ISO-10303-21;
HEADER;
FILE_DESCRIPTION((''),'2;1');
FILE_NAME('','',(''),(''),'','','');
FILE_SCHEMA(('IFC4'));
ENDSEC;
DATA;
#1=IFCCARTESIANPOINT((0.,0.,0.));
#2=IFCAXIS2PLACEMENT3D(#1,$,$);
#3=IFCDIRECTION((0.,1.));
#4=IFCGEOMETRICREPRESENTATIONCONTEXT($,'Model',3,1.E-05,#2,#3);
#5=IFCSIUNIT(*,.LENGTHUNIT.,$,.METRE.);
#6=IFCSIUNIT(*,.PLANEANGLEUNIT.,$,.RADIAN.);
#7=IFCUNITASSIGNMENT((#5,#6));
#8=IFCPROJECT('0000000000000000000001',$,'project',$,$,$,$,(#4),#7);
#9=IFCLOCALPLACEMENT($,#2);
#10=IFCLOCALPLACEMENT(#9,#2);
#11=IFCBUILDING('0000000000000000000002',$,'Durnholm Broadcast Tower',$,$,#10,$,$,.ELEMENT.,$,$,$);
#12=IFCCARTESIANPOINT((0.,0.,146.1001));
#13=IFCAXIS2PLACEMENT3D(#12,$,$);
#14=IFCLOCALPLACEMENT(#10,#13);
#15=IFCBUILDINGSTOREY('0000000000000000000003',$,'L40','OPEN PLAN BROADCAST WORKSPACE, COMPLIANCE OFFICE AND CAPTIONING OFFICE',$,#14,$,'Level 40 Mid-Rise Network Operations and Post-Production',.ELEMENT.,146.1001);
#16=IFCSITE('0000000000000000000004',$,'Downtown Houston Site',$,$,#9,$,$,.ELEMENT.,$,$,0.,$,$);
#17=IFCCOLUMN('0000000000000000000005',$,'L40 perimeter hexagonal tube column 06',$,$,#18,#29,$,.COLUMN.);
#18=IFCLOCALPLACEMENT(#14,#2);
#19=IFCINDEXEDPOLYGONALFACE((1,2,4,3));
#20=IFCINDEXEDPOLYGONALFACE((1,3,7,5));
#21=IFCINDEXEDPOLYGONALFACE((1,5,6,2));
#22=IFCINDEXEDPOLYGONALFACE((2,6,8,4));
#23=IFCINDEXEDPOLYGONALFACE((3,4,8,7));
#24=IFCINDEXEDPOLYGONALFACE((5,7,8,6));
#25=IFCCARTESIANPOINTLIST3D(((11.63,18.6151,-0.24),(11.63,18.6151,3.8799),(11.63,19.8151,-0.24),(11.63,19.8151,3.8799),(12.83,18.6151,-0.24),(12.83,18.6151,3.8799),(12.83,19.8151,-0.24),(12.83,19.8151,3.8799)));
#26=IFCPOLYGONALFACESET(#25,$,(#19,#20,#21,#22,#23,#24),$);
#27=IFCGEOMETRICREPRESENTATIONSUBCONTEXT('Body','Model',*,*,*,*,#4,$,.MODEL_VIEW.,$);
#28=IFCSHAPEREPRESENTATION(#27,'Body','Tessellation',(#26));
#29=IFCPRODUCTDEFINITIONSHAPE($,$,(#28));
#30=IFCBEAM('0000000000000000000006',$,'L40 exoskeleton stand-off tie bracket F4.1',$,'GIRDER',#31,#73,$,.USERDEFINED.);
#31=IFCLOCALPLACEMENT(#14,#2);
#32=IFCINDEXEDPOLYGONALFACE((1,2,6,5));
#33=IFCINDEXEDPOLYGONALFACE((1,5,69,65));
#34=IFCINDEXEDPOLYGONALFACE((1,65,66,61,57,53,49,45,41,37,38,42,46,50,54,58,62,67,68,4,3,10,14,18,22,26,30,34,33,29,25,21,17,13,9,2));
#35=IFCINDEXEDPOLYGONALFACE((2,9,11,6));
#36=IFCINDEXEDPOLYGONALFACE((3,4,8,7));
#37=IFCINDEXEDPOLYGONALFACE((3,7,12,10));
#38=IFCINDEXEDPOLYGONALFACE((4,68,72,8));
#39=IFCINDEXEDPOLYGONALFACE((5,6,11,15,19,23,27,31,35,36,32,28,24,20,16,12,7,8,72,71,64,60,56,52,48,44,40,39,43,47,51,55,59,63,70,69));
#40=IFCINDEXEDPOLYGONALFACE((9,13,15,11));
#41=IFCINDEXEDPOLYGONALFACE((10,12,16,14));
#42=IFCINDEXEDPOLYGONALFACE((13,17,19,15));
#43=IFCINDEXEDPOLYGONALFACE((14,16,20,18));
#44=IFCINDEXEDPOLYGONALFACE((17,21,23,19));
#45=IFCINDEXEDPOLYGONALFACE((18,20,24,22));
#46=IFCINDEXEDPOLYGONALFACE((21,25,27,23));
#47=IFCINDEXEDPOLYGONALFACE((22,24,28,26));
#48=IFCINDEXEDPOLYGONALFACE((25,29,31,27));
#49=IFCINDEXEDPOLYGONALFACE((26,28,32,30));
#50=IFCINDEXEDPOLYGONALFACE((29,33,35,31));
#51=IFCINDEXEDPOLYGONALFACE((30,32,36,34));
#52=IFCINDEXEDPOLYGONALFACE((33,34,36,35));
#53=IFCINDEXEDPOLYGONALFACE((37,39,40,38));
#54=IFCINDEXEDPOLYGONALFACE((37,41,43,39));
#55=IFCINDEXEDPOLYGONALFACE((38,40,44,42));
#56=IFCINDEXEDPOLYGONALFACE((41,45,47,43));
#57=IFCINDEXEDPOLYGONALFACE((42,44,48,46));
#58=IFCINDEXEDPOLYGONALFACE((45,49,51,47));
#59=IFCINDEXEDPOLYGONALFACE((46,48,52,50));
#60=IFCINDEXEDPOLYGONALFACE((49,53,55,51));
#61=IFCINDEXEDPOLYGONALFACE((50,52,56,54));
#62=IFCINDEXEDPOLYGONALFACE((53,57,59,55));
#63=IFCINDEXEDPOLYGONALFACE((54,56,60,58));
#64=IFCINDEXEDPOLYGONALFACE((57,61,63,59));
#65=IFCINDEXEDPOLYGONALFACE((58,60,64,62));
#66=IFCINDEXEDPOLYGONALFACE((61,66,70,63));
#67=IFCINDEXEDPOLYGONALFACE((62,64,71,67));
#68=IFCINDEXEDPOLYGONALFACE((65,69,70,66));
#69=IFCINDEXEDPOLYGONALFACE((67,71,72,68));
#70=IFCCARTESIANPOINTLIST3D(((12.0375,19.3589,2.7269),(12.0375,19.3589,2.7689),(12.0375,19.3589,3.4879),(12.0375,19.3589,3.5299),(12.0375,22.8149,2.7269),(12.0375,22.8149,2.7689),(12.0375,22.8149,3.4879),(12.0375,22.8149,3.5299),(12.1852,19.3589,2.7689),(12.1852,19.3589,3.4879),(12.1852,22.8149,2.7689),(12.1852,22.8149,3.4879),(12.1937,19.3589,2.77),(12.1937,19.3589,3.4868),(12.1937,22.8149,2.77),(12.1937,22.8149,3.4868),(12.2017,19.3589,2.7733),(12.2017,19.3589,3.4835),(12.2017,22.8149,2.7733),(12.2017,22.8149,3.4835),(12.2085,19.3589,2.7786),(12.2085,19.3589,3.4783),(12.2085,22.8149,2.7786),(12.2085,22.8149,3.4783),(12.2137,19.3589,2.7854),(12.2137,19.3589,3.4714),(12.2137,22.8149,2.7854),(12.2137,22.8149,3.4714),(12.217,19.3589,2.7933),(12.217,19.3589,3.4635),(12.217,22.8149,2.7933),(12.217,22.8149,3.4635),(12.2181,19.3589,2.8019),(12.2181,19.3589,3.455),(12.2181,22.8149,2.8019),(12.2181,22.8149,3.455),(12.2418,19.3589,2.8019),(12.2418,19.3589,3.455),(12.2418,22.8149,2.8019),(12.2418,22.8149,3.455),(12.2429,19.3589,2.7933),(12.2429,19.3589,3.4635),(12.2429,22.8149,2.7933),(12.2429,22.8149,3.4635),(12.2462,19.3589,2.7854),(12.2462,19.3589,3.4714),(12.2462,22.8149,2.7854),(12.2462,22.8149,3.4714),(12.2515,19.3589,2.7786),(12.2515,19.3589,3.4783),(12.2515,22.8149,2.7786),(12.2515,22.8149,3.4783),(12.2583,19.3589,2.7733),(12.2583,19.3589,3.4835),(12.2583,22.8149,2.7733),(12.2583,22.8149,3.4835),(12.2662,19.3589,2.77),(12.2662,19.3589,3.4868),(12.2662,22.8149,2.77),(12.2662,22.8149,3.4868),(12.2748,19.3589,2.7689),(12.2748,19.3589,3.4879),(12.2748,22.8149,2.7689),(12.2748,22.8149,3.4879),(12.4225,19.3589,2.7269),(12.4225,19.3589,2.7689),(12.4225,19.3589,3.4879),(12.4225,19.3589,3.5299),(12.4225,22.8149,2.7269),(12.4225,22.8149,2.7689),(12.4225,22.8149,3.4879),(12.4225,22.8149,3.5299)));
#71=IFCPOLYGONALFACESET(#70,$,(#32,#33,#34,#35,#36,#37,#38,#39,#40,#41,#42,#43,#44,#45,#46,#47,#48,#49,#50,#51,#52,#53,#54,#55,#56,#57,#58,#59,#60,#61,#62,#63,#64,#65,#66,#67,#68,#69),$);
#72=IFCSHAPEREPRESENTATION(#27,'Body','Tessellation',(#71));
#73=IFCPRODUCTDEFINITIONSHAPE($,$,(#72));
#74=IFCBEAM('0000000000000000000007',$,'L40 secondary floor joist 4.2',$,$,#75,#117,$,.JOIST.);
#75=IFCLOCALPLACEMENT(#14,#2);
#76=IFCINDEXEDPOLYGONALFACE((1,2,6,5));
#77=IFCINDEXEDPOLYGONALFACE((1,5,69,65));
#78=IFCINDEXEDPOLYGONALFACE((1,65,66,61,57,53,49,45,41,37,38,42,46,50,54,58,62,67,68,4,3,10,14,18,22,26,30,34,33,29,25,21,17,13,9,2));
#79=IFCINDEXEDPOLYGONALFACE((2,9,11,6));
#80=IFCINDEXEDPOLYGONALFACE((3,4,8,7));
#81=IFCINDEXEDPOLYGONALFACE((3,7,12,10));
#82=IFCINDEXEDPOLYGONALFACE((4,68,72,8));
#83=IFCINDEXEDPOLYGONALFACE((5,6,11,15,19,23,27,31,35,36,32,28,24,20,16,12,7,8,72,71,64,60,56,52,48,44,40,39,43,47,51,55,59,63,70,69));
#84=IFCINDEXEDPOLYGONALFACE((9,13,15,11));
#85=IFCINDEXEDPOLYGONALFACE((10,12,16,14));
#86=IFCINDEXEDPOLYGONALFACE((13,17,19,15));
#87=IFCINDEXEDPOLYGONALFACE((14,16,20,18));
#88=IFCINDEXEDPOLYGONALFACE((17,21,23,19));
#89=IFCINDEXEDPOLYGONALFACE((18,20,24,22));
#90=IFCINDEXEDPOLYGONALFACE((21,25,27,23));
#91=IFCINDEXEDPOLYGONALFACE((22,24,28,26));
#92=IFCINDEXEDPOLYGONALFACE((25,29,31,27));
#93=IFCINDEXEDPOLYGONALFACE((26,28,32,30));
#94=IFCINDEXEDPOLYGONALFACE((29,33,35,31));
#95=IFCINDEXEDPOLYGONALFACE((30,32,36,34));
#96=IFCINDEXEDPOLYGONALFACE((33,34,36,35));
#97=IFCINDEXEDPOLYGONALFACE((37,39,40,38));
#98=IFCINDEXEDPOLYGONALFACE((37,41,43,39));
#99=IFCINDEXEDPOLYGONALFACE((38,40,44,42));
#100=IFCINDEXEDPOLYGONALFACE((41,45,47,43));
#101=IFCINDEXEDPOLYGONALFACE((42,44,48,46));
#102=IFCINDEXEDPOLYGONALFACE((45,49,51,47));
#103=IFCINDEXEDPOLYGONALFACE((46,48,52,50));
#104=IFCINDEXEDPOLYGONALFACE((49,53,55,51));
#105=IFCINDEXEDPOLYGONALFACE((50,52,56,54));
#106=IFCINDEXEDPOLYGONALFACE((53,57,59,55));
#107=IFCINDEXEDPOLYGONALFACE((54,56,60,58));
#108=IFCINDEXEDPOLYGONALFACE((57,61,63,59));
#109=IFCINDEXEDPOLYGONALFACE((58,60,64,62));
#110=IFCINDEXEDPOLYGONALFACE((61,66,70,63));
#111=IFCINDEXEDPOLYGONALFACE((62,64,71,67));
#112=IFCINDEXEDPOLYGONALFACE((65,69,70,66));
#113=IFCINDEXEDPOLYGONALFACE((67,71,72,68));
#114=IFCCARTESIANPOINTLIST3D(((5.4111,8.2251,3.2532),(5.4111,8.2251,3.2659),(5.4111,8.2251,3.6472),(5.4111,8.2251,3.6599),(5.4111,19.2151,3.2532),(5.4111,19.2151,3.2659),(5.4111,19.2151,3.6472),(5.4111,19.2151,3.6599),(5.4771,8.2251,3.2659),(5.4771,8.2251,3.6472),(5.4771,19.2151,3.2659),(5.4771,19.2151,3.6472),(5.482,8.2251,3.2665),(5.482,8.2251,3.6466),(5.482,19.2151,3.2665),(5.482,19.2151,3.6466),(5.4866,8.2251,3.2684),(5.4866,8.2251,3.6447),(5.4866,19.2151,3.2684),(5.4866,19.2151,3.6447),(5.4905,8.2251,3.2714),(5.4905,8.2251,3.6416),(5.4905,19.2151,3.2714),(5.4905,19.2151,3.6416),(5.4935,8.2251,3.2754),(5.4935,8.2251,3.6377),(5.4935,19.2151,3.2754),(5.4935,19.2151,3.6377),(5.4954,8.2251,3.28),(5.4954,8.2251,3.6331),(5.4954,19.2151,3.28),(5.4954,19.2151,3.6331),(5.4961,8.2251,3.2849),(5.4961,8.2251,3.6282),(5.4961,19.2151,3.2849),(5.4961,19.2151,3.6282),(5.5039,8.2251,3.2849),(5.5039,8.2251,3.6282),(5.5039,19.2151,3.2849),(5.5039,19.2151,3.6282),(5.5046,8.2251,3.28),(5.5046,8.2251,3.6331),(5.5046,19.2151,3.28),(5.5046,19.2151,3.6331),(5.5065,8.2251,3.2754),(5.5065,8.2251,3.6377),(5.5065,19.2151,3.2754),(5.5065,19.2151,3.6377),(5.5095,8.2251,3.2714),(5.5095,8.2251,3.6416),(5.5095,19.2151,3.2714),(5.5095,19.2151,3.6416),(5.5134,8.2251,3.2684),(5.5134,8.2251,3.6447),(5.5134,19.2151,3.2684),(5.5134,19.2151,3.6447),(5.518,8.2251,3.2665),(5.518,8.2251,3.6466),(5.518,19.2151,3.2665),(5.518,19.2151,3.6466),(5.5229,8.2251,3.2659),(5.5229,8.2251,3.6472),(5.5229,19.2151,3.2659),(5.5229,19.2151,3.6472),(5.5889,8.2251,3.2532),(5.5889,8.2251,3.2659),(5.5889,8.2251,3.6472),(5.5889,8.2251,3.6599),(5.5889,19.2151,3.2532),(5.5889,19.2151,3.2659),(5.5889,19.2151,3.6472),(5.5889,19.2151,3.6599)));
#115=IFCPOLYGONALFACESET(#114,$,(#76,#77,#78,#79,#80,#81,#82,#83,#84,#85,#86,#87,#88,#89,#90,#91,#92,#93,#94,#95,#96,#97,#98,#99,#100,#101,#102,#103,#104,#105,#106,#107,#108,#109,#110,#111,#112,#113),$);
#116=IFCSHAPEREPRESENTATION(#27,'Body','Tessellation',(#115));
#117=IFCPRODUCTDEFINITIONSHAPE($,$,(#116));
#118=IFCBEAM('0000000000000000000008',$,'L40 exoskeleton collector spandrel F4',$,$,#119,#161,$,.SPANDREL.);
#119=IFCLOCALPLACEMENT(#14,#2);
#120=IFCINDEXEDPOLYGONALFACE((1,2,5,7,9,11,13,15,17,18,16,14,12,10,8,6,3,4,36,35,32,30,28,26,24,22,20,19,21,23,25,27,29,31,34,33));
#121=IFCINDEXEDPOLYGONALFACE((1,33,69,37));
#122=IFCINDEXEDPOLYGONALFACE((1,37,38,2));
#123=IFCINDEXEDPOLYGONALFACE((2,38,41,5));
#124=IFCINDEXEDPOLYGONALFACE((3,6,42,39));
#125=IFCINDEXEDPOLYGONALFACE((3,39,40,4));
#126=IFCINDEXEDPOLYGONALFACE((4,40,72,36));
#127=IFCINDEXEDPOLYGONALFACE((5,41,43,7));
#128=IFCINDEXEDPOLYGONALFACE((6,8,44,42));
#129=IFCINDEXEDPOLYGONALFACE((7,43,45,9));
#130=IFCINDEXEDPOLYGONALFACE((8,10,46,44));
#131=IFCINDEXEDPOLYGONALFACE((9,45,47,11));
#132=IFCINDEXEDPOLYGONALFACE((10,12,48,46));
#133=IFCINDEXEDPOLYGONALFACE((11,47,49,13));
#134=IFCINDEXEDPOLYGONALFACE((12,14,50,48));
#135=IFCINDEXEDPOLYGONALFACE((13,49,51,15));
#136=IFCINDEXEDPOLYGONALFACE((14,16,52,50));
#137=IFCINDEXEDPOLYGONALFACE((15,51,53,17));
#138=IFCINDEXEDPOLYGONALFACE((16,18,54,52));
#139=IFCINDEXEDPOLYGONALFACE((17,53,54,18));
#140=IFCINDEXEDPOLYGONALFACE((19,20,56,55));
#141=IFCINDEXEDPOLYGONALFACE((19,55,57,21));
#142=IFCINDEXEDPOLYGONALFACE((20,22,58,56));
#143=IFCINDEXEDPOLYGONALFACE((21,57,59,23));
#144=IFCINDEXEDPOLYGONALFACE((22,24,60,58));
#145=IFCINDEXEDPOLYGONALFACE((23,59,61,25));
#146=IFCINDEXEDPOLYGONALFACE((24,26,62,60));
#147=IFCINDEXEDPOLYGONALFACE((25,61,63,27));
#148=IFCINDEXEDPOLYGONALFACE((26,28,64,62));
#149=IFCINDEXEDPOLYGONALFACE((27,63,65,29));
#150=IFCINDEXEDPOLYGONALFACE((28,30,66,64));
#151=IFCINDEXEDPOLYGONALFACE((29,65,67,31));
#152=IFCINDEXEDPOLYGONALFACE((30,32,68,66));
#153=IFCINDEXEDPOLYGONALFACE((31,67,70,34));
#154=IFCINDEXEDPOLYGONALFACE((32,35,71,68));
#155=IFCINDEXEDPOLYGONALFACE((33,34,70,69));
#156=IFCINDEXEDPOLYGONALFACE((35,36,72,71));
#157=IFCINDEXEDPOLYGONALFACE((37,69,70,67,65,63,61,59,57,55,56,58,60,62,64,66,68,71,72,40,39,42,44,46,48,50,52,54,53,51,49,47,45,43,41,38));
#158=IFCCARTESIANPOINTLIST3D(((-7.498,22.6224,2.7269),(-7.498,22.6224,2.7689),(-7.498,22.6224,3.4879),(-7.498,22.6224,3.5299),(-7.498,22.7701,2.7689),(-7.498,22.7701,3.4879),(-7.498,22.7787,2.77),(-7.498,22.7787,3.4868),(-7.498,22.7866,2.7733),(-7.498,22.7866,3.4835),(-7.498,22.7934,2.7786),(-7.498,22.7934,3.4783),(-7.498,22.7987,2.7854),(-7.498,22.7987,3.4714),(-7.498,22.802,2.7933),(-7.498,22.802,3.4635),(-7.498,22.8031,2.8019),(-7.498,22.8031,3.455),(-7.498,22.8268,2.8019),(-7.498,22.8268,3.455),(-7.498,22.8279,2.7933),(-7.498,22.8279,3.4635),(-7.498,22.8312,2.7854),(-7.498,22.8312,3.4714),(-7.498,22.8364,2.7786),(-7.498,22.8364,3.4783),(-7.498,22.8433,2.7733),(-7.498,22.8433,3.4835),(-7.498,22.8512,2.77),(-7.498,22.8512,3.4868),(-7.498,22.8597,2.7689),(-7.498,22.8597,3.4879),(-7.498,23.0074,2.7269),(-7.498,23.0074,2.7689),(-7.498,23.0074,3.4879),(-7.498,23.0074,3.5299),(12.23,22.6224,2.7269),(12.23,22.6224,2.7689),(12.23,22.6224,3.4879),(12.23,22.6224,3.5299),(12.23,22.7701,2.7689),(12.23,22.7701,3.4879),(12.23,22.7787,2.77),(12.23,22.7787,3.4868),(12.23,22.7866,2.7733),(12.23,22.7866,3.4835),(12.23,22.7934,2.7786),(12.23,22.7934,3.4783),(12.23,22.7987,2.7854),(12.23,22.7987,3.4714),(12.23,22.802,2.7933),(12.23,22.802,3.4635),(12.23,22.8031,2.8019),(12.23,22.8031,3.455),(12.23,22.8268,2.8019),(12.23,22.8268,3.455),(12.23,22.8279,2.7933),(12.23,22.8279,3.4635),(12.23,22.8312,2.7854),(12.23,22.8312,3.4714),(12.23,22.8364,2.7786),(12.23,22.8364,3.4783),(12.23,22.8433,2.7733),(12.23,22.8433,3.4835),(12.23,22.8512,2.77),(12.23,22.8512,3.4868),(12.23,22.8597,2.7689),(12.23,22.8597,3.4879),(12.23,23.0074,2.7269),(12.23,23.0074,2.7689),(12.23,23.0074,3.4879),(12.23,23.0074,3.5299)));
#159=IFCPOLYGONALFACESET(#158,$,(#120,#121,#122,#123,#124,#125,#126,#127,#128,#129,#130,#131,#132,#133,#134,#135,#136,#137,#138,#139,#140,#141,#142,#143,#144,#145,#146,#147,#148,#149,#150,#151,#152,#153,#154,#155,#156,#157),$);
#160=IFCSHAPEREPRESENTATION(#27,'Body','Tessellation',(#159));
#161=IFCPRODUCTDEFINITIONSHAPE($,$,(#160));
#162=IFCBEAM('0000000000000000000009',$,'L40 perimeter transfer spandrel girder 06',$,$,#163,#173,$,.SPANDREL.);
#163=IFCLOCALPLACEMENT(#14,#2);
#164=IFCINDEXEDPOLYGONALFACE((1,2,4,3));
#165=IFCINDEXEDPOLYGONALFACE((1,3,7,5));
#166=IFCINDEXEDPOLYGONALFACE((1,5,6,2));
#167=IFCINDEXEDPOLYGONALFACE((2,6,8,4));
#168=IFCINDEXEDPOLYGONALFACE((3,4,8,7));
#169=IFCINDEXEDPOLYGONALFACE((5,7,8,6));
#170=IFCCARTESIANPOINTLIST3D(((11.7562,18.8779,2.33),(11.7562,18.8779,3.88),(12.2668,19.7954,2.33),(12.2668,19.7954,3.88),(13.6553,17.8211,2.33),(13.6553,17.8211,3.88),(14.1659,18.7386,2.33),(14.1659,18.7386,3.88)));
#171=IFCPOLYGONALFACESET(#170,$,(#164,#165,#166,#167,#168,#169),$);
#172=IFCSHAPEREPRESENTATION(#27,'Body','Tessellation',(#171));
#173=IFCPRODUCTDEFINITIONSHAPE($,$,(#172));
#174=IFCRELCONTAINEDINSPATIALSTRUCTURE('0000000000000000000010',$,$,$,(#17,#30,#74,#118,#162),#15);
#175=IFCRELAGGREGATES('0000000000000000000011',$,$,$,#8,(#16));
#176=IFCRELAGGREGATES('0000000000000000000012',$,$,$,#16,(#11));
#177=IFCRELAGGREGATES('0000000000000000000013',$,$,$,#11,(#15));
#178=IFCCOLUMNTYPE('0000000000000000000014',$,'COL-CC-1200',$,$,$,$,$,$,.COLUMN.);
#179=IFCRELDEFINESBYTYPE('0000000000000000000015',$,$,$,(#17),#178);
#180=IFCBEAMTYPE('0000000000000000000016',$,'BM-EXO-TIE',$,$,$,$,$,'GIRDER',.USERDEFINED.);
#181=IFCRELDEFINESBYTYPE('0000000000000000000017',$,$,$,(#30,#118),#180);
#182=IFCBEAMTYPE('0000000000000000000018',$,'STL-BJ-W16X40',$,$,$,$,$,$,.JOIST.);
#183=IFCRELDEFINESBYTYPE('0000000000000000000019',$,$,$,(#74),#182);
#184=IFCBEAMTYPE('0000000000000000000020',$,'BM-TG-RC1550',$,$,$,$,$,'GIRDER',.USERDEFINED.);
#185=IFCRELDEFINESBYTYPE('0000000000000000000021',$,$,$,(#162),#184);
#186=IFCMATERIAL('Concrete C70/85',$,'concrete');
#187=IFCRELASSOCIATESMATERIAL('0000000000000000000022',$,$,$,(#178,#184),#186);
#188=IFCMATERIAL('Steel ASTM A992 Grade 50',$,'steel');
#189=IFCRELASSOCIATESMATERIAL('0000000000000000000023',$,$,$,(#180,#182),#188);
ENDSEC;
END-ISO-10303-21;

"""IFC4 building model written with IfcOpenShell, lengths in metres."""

from ifc_helpers import new_model, si_unit, direction, frame, origin, origin_2d, place, context, subcontext, project, spatial, rectangle, i_section, extrude, source, transform, mapped, material, material_profile, profile_set, type_object, type_shapes, element, save


model = new_model("IFC4")

# Units and contexts
model_context = context("Model", 3, precision=1e-05, world=origin(), true_north=direction((0.0, 1.0)))
body_context = subcontext(model_context, "Body", "Model", "MODEL_VIEW")
ifc_project = project(units=[si_unit("LENGTHUNIT", "METRE"), si_unit("PLANEANGLEUNIT", "RADIAN")], contexts=[model_context])

# Site, building, storey
site_placement = place(None, origin())
site = spatial("IfcSite", under=ifc_project, at=site_placement, Name="Downtown Houston Site", CompositionType="ELEMENT", RefElevation=0.0)
building_placement = place(site_placement, origin())
building = spatial("IfcBuilding", under=site, at=building_placement, Name="Durnholm Broadcast Tower", CompositionType="ELEMENT")
storey_placement = place(building_placement, frame((0.0, 0.0, 146.1001)))
storey = spatial("IfcBuildingStorey", under=building, at=storey_placement, Name="L40", Description="OPEN PLAN BROADCAST WORKSPACE, COMPLIANCE OFFICE AND CAPTIONING OFFICE", LongName="Level 40 Mid-Rise Network Operations and Post-Production", CompositionType="ELEMENT", Elevation=146.1001)

# Column
ifc_material_1 = material(Name="Concrete C70/85", Category="concrete")
ifc_material_profile_1 = material_profile(ifc_material_1, rectangle(XDim=1.2, YDim=1.2, at=origin_2d()), Name="RC1200X1200")
ifc_profile_set_1 = profile_set([ifc_material_profile_1], Name="Concrete C70/85")
column_type = type_object("IfcColumnType", Name="COL-CC-1200", PredefinedType="COLUMN", material=ifc_profile_set_1)
shared_shape_1 = source(origin(), body_context, "Body", "SweptSolid", [
    extrude(rectangle(XDim=1.2, YDim=1.2, at=origin_2d()), origin(), (0.0, 0.0, 1.0), 4.1199),
])
type_shapes(column_type, [shared_shape_1])
column_placement = place(storey_placement, frame((12.23, 19.2151, -0.24), z_axis=(0.0, 0.0, 1.0), x_axis=(1.0, 0.0, 0.0)))
element("IfcColumn", 1, at=column_placement, inside=storey, type_object=column_type, Name="L40 perimeter hexagonal tube column 06", PredefinedType="COLUMN", context=body_context, shape_type="MappedRepresentation", body=[
    mapped(shared_shape_1, transform((0.0, 0.0, 0.0), x_axis=(1.0, 0.0, 0.0), y_axis=(0.0, 1.0, 0.0), z_axis=(0.0, 0.0, 1.0), scale=1.0)),
])

# Beams
ifc_material_2 = material(Name="Steel ASTM A992 Grade 50", Category="steel")
ifc_material_profile_2 = material_profile(ifc_material_2, i_section(OverallWidth=0.385, OverallDepth=0.803, WebThickness=0.0237, FlangeThickness=0.042, FilletRadius=0.033, at=origin_2d()), Name="W30X261")
ifc_profile_set_2 = profile_set([ifc_material_profile_2], Name="Steel ASTM A992 Grade 50")
beam_type_1 = type_object("IfcBeamType", Name="BM-EXO-TIE", ElementType="GIRDER", PredefinedType="USERDEFINED", material=ifc_profile_set_2)
shared_shape_2 = source(origin(), body_context, "Body", "SweptSolid", [
    extrude(i_section(OverallWidth=0.385, OverallDepth=0.803, WebThickness=0.0237, FlangeThickness=0.042, FilletRadius=0.033, at=origin_2d()), origin(), (0.0, 0.0, 1.0), 3.4561),
])
beam_1_placement = place(storey_placement, frame((12.23, 19.3589, 3.1284), z_axis=(0.0, 1.0, 0.0), x_axis=(-1.0, 0.0, 0.0)))
element("IfcBeam", 2, at=beam_1_placement, inside=storey, type_object=beam_type_1, Name="L40 exoskeleton stand-off tie bracket F4.1", ObjectType="GIRDER", PredefinedType="USERDEFINED", context=body_context, shape_type="MappedRepresentation", body=[
    mapped(shared_shape_2, transform((0.0, 0.0, 0.0), x_axis=(1.0, 0.0, 0.0), y_axis=(0.0, 1.0, 0.0), z_axis=(0.0, 0.0, 1.0), scale=1.0)),
])
ifc_material_profile_3 = material_profile(ifc_material_2, i_section(OverallWidth=0.1777, OverallDepth=0.4067, WebThickness=0.0078, FlangeThickness=0.0127, FilletRadius=0.019, at=origin_2d()), Name="W16X40")
ifc_profile_set_3 = profile_set([ifc_material_profile_3], Name="Steel ASTM A992 Grade 50")
beam_type_2 = type_object("IfcBeamType", Name="STL-BJ-W16X40", PredefinedType="JOIST", material=ifc_profile_set_3)
shared_shape_3 = source(origin(), body_context, "Body", "SweptSolid", [
    extrude(i_section(OverallWidth=0.1777, OverallDepth=0.4067, WebThickness=0.0078, FlangeThickness=0.0127, FilletRadius=0.019, at=origin_2d()), origin(), (0.0, 0.0, 1.0), 10.99),
])
type_shapes(beam_type_2, [shared_shape_3])
beam_2_placement = place(storey_placement, frame((5.5, 8.2251, 3.4565), z_axis=(0.0, 1.0, 0.0), x_axis=(-1.0, 0.0, 0.0)))
element("IfcBeam", 3, at=beam_2_placement, inside=storey, type_object=beam_type_2, Name="L40 secondary floor joist 4.2", PredefinedType="JOIST", context=body_context, shape_type="MappedRepresentation", body=[
    mapped(shared_shape_3, transform((0.0, 0.0, 0.0), x_axis=(1.0, 0.0, 0.0), y_axis=(0.0, 1.0, 0.0), z_axis=(0.0, 0.0, 1.0), scale=1.0)),
])
shared_shape_4 = source(origin(), body_context, "Body", "SweptSolid", [
    extrude(i_section(OverallWidth=0.385, OverallDepth=0.803, WebThickness=0.0237, FlangeThickness=0.042, FilletRadius=0.033, at=origin_2d()), origin(), (0.0, 0.0, 1.0), 19.728),
])
type_shapes(beam_type_1, [shared_shape_2, shared_shape_4])
beam_3_placement = place(storey_placement, frame((12.23, 22.8149, 3.1284), z_axis=(-1.0, 0.0, 0.0), x_axis=(0.0, -1.0, 0.0)))
element("IfcBeam", 4, at=beam_3_placement, inside=storey, type_object=beam_type_1, Name="L40 exoskeleton collector spandrel F4", PredefinedType="SPANDREL", context=body_context, shape_type="MappedRepresentation", body=[
    mapped(shared_shape_4, transform((0.0, 0.0, 0.0), x_axis=(1.0, 0.0, 0.0), y_axis=(0.0, 1.0, 0.0), z_axis=(0.0, 0.0, 1.0), scale=1.0)),
])
ifc_material_profile_4 = material_profile(ifc_material_1, rectangle(XDim=1.05, YDim=1.55, at=origin_2d()), Name="RC1050X1550")
ifc_profile_set_4 = profile_set([ifc_material_profile_4], Name="Concrete C70/85")
beam_type_3 = type_object("IfcBeamType", Name="BM-TG-RC1550", ElementType="GIRDER", PredefinedType="USERDEFINED", material=ifc_profile_set_4)
shared_shape_5 = source(origin(), body_context, "Body", "SweptSolid", [
    extrude(rectangle(XDim=1.05, YDim=1.55, at=origin_2d()), origin(), (0.0, 0.0, 1.0), 2.1733),
])
type_shapes(beam_type_3, [shared_shape_5])
beam_4_placement = place(storey_placement, frame((12.0115, 19.3367, 3.105), z_axis=(0.873807, -0.486272, 0.0), x_axis=(0.486272, 0.873807, 0.0)))
element("IfcBeam", 5, at=beam_4_placement, inside=storey, type_object=beam_type_3, Name="L40 perimeter transfer spandrel girder 06", PredefinedType="SPANDREL", context=body_context, shape_type="MappedRepresentation", body=[
    mapped(shared_shape_5, transform((0.0, 0.0, 0.0), x_axis=(1.0, 0.0, 0.0), y_axis=(0.0, 1.0, 0.0), z_axis=(0.0, 0.0, 1.0), scale=1.0)),
])

save(model, "model.ifc")
